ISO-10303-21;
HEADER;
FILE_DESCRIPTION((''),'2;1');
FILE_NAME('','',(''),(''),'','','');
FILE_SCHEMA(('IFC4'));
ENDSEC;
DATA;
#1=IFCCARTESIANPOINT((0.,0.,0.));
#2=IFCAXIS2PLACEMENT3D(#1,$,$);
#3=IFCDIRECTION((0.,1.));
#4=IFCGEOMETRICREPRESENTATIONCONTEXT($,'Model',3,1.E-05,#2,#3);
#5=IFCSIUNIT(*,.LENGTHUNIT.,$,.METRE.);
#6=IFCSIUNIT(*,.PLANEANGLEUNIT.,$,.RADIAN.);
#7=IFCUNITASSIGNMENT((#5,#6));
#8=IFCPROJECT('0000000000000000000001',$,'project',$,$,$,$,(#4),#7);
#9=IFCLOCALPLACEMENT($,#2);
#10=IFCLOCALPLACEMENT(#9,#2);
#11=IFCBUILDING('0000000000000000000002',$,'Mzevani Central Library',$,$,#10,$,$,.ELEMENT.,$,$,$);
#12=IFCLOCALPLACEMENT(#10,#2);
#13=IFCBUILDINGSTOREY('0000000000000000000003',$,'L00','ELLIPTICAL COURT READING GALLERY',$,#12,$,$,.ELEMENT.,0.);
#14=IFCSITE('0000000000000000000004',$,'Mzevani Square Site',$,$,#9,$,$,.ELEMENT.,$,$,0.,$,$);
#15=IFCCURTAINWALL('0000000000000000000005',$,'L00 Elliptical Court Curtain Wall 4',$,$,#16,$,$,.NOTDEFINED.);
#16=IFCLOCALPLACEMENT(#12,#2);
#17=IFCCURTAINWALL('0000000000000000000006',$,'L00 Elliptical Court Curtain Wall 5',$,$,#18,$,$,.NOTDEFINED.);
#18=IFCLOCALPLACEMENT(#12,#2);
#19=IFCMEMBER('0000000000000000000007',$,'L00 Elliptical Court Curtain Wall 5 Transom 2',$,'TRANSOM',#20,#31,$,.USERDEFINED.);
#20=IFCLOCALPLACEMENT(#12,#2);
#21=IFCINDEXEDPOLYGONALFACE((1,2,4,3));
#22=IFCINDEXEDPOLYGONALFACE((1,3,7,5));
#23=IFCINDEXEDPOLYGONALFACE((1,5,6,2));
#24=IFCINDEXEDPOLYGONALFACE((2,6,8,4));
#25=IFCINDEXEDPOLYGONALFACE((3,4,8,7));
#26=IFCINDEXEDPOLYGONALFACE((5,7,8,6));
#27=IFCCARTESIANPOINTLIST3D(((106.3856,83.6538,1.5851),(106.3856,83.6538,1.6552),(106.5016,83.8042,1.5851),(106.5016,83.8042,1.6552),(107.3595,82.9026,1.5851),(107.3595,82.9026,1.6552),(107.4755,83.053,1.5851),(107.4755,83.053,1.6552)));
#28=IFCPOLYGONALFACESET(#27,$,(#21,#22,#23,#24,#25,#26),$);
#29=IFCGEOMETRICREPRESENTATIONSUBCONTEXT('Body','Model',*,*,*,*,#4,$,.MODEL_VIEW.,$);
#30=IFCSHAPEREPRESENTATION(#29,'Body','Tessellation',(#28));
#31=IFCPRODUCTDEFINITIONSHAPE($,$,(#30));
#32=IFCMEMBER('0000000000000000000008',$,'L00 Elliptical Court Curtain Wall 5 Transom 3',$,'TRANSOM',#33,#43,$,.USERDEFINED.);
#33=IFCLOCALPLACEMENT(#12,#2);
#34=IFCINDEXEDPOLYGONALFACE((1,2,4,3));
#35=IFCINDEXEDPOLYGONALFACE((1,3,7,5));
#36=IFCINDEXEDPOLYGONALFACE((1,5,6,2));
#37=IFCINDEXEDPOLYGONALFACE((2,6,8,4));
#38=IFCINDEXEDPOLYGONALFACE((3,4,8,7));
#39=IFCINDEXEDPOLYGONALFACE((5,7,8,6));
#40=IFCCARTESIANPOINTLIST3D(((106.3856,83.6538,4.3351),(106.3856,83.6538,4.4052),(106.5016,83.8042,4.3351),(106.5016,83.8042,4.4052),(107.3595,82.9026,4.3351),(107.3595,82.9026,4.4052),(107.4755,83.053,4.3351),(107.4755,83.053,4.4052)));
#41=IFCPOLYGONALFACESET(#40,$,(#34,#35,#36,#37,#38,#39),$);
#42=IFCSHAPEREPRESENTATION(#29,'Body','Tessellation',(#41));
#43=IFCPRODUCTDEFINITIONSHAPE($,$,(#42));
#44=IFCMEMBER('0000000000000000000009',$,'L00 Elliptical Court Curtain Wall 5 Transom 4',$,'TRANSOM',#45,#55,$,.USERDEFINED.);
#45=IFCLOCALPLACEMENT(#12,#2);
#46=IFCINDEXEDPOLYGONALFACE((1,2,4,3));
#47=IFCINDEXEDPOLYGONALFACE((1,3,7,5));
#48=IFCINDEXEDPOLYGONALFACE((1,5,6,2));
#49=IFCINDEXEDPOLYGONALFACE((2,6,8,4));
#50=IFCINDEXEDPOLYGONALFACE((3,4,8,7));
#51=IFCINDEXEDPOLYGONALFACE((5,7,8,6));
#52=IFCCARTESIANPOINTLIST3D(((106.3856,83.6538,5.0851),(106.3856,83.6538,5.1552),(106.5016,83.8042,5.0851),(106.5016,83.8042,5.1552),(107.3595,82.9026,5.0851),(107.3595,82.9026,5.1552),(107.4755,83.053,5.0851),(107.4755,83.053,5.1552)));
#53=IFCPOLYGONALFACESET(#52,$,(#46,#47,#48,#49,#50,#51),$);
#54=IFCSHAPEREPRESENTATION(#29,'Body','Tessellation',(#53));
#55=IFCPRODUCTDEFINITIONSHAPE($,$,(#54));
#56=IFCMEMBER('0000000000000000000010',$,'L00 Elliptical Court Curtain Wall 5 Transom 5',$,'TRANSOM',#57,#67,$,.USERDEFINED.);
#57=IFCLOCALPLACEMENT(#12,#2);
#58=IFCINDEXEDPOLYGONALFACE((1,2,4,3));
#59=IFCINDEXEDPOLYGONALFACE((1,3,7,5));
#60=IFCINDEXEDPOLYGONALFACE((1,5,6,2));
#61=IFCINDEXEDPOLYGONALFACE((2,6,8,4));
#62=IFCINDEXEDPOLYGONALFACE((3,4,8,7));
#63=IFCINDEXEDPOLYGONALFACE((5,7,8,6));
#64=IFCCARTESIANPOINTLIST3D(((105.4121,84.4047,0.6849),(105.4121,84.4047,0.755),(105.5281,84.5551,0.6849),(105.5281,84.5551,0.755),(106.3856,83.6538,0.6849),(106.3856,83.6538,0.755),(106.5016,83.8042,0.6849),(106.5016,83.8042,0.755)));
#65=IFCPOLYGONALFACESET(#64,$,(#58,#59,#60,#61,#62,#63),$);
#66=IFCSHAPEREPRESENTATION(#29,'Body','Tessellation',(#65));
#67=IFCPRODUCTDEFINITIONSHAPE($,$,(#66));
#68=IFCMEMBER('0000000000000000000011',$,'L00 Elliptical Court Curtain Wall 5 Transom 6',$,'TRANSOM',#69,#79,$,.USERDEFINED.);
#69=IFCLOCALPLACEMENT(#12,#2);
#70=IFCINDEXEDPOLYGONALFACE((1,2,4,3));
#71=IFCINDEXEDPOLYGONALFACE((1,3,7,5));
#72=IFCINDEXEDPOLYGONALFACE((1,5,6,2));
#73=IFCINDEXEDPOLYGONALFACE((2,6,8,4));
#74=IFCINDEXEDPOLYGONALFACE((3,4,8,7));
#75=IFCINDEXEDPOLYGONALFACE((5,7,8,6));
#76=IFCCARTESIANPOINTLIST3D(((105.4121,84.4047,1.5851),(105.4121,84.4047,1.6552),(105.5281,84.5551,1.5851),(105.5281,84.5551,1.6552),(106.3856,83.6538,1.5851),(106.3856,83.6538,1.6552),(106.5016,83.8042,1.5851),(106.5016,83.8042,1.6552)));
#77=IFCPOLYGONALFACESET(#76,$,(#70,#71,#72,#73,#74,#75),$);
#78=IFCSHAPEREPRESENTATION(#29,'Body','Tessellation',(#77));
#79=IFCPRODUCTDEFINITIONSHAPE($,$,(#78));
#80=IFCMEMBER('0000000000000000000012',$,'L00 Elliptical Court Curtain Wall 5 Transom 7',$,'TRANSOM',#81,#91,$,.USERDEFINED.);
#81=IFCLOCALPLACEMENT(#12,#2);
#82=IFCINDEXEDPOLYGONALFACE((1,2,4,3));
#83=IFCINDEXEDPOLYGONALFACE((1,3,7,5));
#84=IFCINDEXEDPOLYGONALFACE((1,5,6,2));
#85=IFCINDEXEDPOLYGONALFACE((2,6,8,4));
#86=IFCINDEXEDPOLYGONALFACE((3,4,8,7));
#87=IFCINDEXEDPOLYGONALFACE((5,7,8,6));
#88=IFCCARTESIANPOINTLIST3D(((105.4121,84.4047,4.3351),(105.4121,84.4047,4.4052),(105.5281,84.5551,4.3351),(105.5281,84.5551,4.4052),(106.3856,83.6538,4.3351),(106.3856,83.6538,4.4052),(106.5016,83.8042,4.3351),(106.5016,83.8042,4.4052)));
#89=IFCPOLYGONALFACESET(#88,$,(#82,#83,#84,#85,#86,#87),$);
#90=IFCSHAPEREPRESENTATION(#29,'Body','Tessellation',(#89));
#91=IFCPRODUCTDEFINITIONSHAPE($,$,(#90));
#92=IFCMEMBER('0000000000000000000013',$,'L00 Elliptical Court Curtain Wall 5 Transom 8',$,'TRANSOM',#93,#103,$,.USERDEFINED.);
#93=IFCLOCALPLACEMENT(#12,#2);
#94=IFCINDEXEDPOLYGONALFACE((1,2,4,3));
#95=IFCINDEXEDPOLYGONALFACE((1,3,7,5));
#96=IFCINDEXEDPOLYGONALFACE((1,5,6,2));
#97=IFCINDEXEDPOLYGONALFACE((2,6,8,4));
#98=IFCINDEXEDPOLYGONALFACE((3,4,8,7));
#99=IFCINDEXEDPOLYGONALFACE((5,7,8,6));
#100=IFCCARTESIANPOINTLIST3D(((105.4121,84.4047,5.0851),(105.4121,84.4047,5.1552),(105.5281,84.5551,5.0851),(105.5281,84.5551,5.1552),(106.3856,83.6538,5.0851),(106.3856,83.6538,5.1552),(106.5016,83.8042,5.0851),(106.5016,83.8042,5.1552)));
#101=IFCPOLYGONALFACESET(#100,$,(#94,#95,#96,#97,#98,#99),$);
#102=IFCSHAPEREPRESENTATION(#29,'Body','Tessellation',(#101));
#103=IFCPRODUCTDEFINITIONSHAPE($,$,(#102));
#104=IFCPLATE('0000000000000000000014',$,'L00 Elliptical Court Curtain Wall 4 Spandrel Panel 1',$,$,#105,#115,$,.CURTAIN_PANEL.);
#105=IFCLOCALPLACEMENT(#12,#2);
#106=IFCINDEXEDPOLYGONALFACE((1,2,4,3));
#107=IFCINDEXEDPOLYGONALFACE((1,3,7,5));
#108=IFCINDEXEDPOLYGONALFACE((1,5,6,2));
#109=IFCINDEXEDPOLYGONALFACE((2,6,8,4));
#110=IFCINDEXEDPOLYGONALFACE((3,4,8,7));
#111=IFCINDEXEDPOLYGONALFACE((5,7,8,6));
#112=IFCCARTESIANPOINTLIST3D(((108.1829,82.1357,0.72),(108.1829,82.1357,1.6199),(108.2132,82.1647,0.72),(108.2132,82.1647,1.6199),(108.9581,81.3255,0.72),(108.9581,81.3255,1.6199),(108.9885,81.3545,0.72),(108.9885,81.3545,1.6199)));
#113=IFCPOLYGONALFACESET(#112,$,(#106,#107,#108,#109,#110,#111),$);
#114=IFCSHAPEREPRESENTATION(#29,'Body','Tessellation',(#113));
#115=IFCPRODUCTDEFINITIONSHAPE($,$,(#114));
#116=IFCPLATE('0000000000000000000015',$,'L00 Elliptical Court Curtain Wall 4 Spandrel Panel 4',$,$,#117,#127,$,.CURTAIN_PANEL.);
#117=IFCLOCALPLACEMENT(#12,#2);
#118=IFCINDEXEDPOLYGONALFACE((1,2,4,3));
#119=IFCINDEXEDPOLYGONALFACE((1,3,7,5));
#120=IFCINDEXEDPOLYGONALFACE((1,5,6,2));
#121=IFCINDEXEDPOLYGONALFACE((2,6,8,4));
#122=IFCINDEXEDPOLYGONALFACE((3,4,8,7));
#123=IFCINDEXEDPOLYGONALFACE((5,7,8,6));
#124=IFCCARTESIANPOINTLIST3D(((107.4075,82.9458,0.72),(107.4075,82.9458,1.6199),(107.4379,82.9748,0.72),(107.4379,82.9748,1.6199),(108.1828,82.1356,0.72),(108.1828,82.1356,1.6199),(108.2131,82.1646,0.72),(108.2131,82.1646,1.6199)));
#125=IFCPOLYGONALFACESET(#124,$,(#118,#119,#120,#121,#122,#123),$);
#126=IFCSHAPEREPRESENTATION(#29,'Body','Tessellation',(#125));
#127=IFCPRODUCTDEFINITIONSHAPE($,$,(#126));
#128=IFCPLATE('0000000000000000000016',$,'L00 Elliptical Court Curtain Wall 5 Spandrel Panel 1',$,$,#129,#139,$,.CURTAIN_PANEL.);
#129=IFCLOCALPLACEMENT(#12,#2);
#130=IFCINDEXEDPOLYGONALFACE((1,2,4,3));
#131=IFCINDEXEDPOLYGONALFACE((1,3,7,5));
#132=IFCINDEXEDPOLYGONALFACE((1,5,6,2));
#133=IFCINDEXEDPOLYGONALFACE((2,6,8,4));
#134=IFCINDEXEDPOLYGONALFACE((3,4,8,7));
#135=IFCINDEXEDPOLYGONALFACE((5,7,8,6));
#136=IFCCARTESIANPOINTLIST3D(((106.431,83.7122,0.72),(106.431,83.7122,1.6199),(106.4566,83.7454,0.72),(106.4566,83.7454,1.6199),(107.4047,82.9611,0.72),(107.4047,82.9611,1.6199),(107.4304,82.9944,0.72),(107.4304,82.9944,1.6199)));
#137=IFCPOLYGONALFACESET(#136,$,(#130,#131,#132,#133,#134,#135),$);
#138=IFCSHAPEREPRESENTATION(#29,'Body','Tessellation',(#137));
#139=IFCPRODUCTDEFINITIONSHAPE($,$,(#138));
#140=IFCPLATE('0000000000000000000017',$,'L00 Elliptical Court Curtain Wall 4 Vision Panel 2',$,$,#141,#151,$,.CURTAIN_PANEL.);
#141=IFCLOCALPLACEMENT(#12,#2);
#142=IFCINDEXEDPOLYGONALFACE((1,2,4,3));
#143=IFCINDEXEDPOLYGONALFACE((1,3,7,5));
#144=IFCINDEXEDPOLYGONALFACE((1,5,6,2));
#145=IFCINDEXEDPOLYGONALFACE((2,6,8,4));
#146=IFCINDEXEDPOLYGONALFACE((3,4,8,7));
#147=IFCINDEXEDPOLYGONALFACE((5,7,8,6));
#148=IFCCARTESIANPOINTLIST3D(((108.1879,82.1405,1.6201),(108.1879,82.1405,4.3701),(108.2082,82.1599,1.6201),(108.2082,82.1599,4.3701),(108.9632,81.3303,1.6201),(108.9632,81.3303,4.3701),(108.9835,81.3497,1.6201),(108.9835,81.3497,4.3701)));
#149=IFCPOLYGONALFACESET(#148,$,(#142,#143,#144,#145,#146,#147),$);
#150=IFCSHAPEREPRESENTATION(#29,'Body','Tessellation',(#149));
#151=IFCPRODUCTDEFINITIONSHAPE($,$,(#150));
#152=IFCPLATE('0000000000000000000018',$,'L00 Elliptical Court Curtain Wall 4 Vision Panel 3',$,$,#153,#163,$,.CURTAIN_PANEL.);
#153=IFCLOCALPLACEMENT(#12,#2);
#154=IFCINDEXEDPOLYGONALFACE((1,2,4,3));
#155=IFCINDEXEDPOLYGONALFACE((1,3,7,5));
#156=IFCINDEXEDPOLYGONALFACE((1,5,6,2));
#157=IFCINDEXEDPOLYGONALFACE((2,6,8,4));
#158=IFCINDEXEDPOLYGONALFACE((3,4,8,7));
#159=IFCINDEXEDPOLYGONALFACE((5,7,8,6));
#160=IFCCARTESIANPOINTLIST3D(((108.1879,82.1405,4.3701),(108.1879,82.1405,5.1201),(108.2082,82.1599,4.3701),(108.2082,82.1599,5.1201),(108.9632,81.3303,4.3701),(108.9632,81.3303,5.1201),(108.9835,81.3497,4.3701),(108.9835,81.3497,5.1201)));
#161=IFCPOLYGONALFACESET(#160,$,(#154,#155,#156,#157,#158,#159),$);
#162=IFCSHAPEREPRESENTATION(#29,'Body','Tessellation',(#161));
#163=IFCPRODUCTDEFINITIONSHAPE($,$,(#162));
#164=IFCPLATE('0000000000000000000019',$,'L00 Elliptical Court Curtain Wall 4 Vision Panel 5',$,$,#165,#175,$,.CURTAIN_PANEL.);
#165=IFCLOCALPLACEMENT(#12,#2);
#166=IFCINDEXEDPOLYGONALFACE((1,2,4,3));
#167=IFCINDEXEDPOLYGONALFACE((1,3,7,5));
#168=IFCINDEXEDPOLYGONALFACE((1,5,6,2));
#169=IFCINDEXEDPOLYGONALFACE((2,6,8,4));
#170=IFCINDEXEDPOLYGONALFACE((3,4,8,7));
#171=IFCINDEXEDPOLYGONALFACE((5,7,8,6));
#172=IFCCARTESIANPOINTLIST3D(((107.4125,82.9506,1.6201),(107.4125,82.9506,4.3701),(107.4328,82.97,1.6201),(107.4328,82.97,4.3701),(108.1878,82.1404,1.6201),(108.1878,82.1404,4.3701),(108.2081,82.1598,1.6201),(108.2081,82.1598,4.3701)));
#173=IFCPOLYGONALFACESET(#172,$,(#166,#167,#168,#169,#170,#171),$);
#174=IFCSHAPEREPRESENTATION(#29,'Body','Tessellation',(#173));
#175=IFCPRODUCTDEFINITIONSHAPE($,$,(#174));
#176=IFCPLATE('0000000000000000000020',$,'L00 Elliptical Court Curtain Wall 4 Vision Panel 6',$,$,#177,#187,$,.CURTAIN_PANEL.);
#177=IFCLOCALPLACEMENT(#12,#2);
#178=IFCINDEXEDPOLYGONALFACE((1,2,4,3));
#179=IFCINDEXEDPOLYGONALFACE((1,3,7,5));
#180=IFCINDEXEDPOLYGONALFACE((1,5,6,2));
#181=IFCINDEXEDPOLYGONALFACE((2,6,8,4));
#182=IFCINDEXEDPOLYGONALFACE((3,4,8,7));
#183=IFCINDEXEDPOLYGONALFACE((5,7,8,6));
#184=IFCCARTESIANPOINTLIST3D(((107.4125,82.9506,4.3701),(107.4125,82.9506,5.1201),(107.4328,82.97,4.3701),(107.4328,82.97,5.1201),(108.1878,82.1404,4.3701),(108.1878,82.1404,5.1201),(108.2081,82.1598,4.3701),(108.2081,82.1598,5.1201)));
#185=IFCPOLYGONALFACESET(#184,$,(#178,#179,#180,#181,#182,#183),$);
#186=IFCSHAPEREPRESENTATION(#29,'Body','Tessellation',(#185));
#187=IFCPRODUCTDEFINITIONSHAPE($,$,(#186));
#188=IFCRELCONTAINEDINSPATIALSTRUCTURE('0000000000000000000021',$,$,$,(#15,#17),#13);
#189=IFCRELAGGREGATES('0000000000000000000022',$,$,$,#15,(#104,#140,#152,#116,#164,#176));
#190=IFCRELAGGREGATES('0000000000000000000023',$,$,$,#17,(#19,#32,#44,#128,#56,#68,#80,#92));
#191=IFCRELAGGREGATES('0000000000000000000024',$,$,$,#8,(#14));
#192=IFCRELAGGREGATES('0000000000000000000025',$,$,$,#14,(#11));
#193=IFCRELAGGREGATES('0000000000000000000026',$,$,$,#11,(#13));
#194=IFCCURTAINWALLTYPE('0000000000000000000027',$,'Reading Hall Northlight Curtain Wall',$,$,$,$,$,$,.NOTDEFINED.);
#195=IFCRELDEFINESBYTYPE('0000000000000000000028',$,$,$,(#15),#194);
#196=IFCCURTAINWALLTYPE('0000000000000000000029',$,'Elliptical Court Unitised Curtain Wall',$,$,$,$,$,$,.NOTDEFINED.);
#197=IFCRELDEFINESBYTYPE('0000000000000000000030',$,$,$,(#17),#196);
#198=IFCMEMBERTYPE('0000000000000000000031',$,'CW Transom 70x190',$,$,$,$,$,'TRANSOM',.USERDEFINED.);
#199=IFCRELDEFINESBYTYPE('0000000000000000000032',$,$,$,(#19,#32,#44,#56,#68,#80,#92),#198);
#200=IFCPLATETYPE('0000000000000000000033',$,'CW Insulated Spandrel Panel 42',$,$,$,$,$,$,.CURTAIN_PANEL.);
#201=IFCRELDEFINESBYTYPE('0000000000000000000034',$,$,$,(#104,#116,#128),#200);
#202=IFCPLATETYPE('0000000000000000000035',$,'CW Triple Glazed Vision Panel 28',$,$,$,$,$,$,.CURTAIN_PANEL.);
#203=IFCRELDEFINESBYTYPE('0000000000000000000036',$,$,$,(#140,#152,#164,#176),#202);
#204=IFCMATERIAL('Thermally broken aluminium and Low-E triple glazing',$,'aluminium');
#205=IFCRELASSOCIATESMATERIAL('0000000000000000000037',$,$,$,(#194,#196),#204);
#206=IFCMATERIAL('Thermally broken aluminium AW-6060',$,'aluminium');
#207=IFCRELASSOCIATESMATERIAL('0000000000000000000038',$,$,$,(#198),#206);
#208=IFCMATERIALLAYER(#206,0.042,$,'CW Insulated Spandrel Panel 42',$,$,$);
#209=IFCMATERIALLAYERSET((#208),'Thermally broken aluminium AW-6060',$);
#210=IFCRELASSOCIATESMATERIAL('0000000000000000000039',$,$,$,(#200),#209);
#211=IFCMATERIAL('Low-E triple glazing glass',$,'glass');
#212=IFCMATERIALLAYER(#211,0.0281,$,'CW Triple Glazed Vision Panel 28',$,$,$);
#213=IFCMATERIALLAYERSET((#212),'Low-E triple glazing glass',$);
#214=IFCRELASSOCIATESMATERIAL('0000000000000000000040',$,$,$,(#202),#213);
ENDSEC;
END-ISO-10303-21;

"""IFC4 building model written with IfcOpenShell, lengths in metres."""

from ifc_helpers import new_model, si_unit, direction, frame, origin, origin_2d, place, context, subcontext, project, spatial, rectangle, extrude, material, layer, layer_set, material_profile, profile_set, type_object, element, aggregate, save


model = new_model("IFC4")

# Units and contexts
model_context = context("Model", 3, precision=1e-05, world=origin(), true_north=direction((0.0, 1.0)))
body_context = subcontext(model_context, "Body", "Model", "MODEL_VIEW")
ifc_project = project(units=[si_unit("LENGTHUNIT", "METRE"), si_unit("PLANEANGLEUNIT", "RADIAN")], contexts=[model_context])

# Site, building, storey
site_placement = place(None, origin())
site = spatial("IfcSite", under=ifc_project, at=site_placement, Name="Mzevani Square Site", CompositionType="ELEMENT", RefElevation=0.0)
building_placement = place(site_placement, origin())
building = spatial("IfcBuilding", under=site, at=building_placement, Name="Mzevani Central Library", CompositionType="ELEMENT")
storey_placement = place(building_placement, origin())
storey = spatial("IfcBuildingStorey", under=building, at=storey_placement, Name="L00", Description="ELLIPTICAL COURT READING GALLERY", CompositionType="ELEMENT", Elevation=0.0)

# Curtain walls
ifc_material_1 = material(Name="Thermally broken aluminium and Low-E triple glazing", Category="aluminium")
curtain_wall_type_1 = type_object("IfcCurtainWallType", Name="Reading Hall Northlight Curtain Wall", PredefinedType="NOTDEFINED", material=ifc_material_1)
curtain_wall_1_placement = place(storey_placement, origin())
curtain_wall_1 = element("IfcCurtainWall", 1, at=curtain_wall_1_placement, inside=storey, type_object=curtain_wall_type_1, Name="L00 Elliptical Court Curtain Wall 4", PredefinedType="NOTDEFINED")
ifc_material_2 = material(Name="Thermally broken aluminium AW-6060", Category="aluminium")
curtain_wall_type_2 = type_object("IfcCurtainWallType", Name="Elliptical Court Unitised Curtain Wall", PredefinedType="NOTDEFINED", material=ifc_material_1)
curtain_wall_2_placement = place(storey_placement, origin())
curtain_wall_2 = element("IfcCurtainWall", 2, at=curtain_wall_2_placement, inside=storey, type_object=curtain_wall_type_2, Name="L00 Elliptical Court Curtain Wall 5", PredefinedType="NOTDEFINED")

# Members
ifc_material_profile_1 = material_profile(ifc_material_2, rectangle(XDim=0.1899, YDim=0.0701, at=origin_2d()), Name="ALU T70x190")
ifc_profile_set_1 = profile_set([ifc_material_profile_1], Name="Thermally broken aluminium AW-6060")
member_type_1 = type_object("IfcMemberType", Name="CW Transom 70x190", ElementType="TRANSOM", PredefinedType="USERDEFINED", material=ifc_profile_set_1)
member_1_placement = place(storey_placement, frame((107.4175, 82.9778, 1.6201), z_axis=(-0.791804, 0.610775, 0.0), x_axis=(-0.610775, -0.791804, 0.0)))
member_1 = element("IfcMember", 3, at=member_1_placement, type_object=member_type_1, Name="L00 Elliptical Court Curtain Wall 5 Transom 2", ObjectType="TRANSOM", PredefinedType="USERDEFINED", context=body_context, shape_type="SweptSolid", body=[
    extrude(rectangle(XDim=0.1899, YDim=0.0701, at=origin_2d()), origin(), (0.0, 0.0, 1.0), 1.23),
])
member_2_placement = place(storey_placement, frame((107.4175, 82.9778, 4.3701), z_axis=(-0.791804, 0.610775, 0.0), x_axis=(-0.610775, -0.791804, 0.0)))
member_2 = element("IfcMember", 4, at=member_2_placement, type_object=member_type_1, Name="L00 Elliptical Court Curtain Wall 5 Transom 3", ObjectType="TRANSOM", PredefinedType="USERDEFINED", context=body_context, shape_type="SweptSolid", body=[
    extrude(rectangle(XDim=0.1899, YDim=0.0701, at=origin_2d()), origin(), (0.0, 0.0, 1.0), 1.23),
])
member_3_placement = place(storey_placement, frame((107.4175, 82.9778, 5.1201), z_axis=(-0.791804, 0.610775, 0.0), x_axis=(-0.610775, -0.791804, 0.0)))
member_3 = element("IfcMember", 5, at=member_3_placement, type_object=member_type_1, Name="L00 Elliptical Court Curtain Wall 5 Transom 4", ObjectType="TRANSOM", PredefinedType="USERDEFINED", context=body_context, shape_type="SweptSolid", body=[
    extrude(rectangle(XDim=0.1899, YDim=0.0701, at=origin_2d()), origin(), (0.0, 0.0, 1.0), 1.23),
])
member_4_placement = place(storey_placement, frame((106.4436, 83.729, 0.72), z_axis=(-0.791826, 0.610747, 0.0), x_axis=(-0.610747, -0.791826, 0.0)))
member_4 = element("IfcMember", 6, at=member_4_placement, type_object=member_type_1, Name="L00 Elliptical Court Curtain Wall 5 Transom 5", ObjectType="TRANSOM", PredefinedType="USERDEFINED", context=body_context, shape_type="SweptSolid", body=[
    extrude(rectangle(XDim=0.1899, YDim=0.0701, at=origin_2d()), origin(), (0.0, 0.0, 1.0), 1.2295),
])
member_5_placement = place(storey_placement, frame((106.4436, 83.729, 1.6201), z_axis=(-0.791826, 0.610747, 0.0), x_axis=(-0.610747, -0.791826, 0.0)))
member_5 = element("IfcMember", 7, at=member_5_placement, type_object=member_type_1, Name="L00 Elliptical Court Curtain Wall 5 Transom 6", ObjectType="TRANSOM", PredefinedType="USERDEFINED", context=body_context, shape_type="SweptSolid", body=[
    extrude(rectangle(XDim=0.1899, YDim=0.0701, at=origin_2d()), origin(), (0.0, 0.0, 1.0), 1.2295),
])
member_6_placement = place(storey_placement, frame((106.4436, 83.729, 4.3701), z_axis=(-0.791826, 0.610747, 0.0), x_axis=(-0.610747, -0.791826, 0.0)))
member_6 = element("IfcMember", 8, at=member_6_placement, type_object=member_type_1, Name="L00 Elliptical Court Curtain Wall 5 Transom 7", ObjectType="TRANSOM", PredefinedType="USERDEFINED", context=body_context, shape_type="SweptSolid", body=[
    extrude(rectangle(XDim=0.1899, YDim=0.0701, at=origin_2d()), origin(), (0.0, 0.0, 1.0), 1.2295),
])
member_7_placement = place(storey_placement, frame((106.4436, 83.729, 5.1201), z_axis=(-0.791826, 0.610747, 0.0), x_axis=(-0.610747, -0.791826, 0.0)))
member_7 = element("IfcMember", 9, at=member_7_placement, type_object=member_type_1, Name="L00 Elliptical Court Curtain Wall 5 Transom 8", ObjectType="TRANSOM", PredefinedType="USERDEFINED", context=body_context, shape_type="SweptSolid", body=[
    extrude(rectangle(XDim=0.1899, YDim=0.0701, at=origin_2d()), origin(), (0.0, 0.0, 1.0), 1.2295),
])

# Plates
ifc_layer_1 = layer(ifc_material_2, 0.042, Name="CW Insulated Spandrel Panel 42")
ifc_layer_set_1 = layer_set([ifc_layer_1], Name="Thermally broken aluminium AW-6060")
plate_type_1 = type_object("IfcPlateType", Name="CW Insulated Spandrel Panel 42", PredefinedType="CURTAIN_PANEL", material=ifc_layer_set_1)
plate_1_placement = place(storey_placement, frame((108.5857, 81.7451, 0.72), z_axis=(0.0, 0.0, 1.0), x_axis=(-0.691352, 0.722518, 0.0)))
plate_1 = element("IfcPlate", 10, at=plate_1_placement, type_object=plate_type_1, Name="L00 Elliptical Court Curtain Wall 4 Spandrel Panel 1", PredefinedType="CURTAIN_PANEL", context=body_context, shape_type="SweptSolid", body=[
    extrude(rectangle(XDim=1.1213, YDim=0.042, at=origin_2d()), origin(), (0.0, 0.0, 1.0), 0.8999),
])
plate_2_placement = place(storey_placement, frame((107.8103, 82.5552, 0.72), z_axis=(0.0, 0.0, 1.0), x_axis=(-0.691352, 0.722518, 0.0)))
plate_2 = element("IfcPlate", 11, at=plate_2_placement, type_object=plate_type_1, Name="L00 Elliptical Court Curtain Wall 4 Spandrel Panel 4", PredefinedType="CURTAIN_PANEL", context=body_context, shape_type="SweptSolid", body=[
    extrude(rectangle(XDim=1.1213, YDim=0.042, at=origin_2d()), origin(), (0.0, 0.0, 1.0), 0.8999),
])
plate_3_placement = place(storey_placement, frame((106.9307, 83.3533, 0.72), z_axis=(0.0, 0.0, 1.0), x_axis=(-0.791828, 0.610744, 0.0)))
plate_3 = element("IfcPlate", 12, at=plate_3_placement, type_object=plate_type_1, Name="L00 Elliptical Court Curtain Wall 5 Spandrel Panel 1", PredefinedType="CURTAIN_PANEL", context=body_context, shape_type="SweptSolid", body=[
    extrude(rectangle(XDim=1.2297, YDim=0.042, at=origin_2d()), origin(), (0.0, 0.0, 1.0), 0.8999),
])
ifc_material_3 = material(Name="Low-E triple glazing glass", Category="glass")
ifc_layer_2 = layer(ifc_material_3, 0.0281, Name="CW Triple Glazed Vision Panel 28")
ifc_layer_set_2 = layer_set([ifc_layer_2], Name="Low-E triple glazing glass")
plate_type_2 = type_object("IfcPlateType", Name="CW Triple Glazed Vision Panel 28", PredefinedType="CURTAIN_PANEL", material=ifc_layer_set_2)
plate_4_placement = place(storey_placement, frame((108.5857, 81.7451, 1.6201), z_axis=(0.0, 0.0, 1.0), x_axis=(-0.691352, 0.722518, 0.0)))
plate_4 = element("IfcPlate", 13, at=plate_4_placement, type_object=plate_type_2, Name="L00 Elliptical Court Curtain Wall 4 Vision Panel 2", PredefinedType="CURTAIN_PANEL", context=body_context, shape_type="SweptSolid", body=[
    extrude(rectangle(XDim=1.1213, YDim=0.0281, at=origin_2d()), origin(), (0.0, 0.0, 1.0), 2.75),
])
plate_5_placement = place(storey_placement, frame((108.5857, 81.7451, 4.3701), z_axis=(0.0, 0.0, 1.0), x_axis=(-0.691352, 0.722518, 0.0)))
plate_5 = element("IfcPlate", 14, at=plate_5_placement, type_object=plate_type_2, Name="L00 Elliptical Court Curtain Wall 4 Vision Panel 3", PredefinedType="CURTAIN_PANEL", context=body_context, shape_type="SweptSolid", body=[
    extrude(rectangle(XDim=1.1213, YDim=0.0281, at=origin_2d()), origin(), (0.0, 0.0, 1.0), 0.75),
])
plate_6_placement = place(storey_placement, frame((107.8103, 82.5552, 1.6201), z_axis=(0.0, 0.0, 1.0), x_axis=(-0.691352, 0.722518, 0.0)))
plate_6 = element("IfcPlate", 15, at=plate_6_placement, type_object=plate_type_2, Name="L00 Elliptical Court Curtain Wall 4 Vision Panel 5", PredefinedType="CURTAIN_PANEL", context=body_context, shape_type="SweptSolid", body=[
    extrude(rectangle(XDim=1.1213, YDim=0.0281, at=origin_2d()), origin(), (0.0, 0.0, 1.0), 2.75),
])
plate_7_placement = place(storey_placement, frame((107.8103, 82.5552, 4.3701), z_axis=(0.0, 0.0, 1.0), x_axis=(-0.691352, 0.722518, 0.0)))
plate_7 = element("IfcPlate", 16, at=plate_7_placement, type_object=plate_type_2, Name="L00 Elliptical Court Curtain Wall 4 Vision Panel 6", PredefinedType="CURTAIN_PANEL", context=body_context, shape_type="SweptSolid", body=[
    extrude(rectangle(XDim=1.1213, YDim=0.0281, at=origin_2d()), origin(), (0.0, 0.0, 1.0), 0.75),
])
aggregate(curtain_wall_1, [plate_1, plate_4, plate_5, plate_2, plate_6, plate_7])
aggregate(curtain_wall_2, [member_1, member_2, member_3, plate_3, member_4, member_5, member_6, member_7])

save(model, "model.ifc")
